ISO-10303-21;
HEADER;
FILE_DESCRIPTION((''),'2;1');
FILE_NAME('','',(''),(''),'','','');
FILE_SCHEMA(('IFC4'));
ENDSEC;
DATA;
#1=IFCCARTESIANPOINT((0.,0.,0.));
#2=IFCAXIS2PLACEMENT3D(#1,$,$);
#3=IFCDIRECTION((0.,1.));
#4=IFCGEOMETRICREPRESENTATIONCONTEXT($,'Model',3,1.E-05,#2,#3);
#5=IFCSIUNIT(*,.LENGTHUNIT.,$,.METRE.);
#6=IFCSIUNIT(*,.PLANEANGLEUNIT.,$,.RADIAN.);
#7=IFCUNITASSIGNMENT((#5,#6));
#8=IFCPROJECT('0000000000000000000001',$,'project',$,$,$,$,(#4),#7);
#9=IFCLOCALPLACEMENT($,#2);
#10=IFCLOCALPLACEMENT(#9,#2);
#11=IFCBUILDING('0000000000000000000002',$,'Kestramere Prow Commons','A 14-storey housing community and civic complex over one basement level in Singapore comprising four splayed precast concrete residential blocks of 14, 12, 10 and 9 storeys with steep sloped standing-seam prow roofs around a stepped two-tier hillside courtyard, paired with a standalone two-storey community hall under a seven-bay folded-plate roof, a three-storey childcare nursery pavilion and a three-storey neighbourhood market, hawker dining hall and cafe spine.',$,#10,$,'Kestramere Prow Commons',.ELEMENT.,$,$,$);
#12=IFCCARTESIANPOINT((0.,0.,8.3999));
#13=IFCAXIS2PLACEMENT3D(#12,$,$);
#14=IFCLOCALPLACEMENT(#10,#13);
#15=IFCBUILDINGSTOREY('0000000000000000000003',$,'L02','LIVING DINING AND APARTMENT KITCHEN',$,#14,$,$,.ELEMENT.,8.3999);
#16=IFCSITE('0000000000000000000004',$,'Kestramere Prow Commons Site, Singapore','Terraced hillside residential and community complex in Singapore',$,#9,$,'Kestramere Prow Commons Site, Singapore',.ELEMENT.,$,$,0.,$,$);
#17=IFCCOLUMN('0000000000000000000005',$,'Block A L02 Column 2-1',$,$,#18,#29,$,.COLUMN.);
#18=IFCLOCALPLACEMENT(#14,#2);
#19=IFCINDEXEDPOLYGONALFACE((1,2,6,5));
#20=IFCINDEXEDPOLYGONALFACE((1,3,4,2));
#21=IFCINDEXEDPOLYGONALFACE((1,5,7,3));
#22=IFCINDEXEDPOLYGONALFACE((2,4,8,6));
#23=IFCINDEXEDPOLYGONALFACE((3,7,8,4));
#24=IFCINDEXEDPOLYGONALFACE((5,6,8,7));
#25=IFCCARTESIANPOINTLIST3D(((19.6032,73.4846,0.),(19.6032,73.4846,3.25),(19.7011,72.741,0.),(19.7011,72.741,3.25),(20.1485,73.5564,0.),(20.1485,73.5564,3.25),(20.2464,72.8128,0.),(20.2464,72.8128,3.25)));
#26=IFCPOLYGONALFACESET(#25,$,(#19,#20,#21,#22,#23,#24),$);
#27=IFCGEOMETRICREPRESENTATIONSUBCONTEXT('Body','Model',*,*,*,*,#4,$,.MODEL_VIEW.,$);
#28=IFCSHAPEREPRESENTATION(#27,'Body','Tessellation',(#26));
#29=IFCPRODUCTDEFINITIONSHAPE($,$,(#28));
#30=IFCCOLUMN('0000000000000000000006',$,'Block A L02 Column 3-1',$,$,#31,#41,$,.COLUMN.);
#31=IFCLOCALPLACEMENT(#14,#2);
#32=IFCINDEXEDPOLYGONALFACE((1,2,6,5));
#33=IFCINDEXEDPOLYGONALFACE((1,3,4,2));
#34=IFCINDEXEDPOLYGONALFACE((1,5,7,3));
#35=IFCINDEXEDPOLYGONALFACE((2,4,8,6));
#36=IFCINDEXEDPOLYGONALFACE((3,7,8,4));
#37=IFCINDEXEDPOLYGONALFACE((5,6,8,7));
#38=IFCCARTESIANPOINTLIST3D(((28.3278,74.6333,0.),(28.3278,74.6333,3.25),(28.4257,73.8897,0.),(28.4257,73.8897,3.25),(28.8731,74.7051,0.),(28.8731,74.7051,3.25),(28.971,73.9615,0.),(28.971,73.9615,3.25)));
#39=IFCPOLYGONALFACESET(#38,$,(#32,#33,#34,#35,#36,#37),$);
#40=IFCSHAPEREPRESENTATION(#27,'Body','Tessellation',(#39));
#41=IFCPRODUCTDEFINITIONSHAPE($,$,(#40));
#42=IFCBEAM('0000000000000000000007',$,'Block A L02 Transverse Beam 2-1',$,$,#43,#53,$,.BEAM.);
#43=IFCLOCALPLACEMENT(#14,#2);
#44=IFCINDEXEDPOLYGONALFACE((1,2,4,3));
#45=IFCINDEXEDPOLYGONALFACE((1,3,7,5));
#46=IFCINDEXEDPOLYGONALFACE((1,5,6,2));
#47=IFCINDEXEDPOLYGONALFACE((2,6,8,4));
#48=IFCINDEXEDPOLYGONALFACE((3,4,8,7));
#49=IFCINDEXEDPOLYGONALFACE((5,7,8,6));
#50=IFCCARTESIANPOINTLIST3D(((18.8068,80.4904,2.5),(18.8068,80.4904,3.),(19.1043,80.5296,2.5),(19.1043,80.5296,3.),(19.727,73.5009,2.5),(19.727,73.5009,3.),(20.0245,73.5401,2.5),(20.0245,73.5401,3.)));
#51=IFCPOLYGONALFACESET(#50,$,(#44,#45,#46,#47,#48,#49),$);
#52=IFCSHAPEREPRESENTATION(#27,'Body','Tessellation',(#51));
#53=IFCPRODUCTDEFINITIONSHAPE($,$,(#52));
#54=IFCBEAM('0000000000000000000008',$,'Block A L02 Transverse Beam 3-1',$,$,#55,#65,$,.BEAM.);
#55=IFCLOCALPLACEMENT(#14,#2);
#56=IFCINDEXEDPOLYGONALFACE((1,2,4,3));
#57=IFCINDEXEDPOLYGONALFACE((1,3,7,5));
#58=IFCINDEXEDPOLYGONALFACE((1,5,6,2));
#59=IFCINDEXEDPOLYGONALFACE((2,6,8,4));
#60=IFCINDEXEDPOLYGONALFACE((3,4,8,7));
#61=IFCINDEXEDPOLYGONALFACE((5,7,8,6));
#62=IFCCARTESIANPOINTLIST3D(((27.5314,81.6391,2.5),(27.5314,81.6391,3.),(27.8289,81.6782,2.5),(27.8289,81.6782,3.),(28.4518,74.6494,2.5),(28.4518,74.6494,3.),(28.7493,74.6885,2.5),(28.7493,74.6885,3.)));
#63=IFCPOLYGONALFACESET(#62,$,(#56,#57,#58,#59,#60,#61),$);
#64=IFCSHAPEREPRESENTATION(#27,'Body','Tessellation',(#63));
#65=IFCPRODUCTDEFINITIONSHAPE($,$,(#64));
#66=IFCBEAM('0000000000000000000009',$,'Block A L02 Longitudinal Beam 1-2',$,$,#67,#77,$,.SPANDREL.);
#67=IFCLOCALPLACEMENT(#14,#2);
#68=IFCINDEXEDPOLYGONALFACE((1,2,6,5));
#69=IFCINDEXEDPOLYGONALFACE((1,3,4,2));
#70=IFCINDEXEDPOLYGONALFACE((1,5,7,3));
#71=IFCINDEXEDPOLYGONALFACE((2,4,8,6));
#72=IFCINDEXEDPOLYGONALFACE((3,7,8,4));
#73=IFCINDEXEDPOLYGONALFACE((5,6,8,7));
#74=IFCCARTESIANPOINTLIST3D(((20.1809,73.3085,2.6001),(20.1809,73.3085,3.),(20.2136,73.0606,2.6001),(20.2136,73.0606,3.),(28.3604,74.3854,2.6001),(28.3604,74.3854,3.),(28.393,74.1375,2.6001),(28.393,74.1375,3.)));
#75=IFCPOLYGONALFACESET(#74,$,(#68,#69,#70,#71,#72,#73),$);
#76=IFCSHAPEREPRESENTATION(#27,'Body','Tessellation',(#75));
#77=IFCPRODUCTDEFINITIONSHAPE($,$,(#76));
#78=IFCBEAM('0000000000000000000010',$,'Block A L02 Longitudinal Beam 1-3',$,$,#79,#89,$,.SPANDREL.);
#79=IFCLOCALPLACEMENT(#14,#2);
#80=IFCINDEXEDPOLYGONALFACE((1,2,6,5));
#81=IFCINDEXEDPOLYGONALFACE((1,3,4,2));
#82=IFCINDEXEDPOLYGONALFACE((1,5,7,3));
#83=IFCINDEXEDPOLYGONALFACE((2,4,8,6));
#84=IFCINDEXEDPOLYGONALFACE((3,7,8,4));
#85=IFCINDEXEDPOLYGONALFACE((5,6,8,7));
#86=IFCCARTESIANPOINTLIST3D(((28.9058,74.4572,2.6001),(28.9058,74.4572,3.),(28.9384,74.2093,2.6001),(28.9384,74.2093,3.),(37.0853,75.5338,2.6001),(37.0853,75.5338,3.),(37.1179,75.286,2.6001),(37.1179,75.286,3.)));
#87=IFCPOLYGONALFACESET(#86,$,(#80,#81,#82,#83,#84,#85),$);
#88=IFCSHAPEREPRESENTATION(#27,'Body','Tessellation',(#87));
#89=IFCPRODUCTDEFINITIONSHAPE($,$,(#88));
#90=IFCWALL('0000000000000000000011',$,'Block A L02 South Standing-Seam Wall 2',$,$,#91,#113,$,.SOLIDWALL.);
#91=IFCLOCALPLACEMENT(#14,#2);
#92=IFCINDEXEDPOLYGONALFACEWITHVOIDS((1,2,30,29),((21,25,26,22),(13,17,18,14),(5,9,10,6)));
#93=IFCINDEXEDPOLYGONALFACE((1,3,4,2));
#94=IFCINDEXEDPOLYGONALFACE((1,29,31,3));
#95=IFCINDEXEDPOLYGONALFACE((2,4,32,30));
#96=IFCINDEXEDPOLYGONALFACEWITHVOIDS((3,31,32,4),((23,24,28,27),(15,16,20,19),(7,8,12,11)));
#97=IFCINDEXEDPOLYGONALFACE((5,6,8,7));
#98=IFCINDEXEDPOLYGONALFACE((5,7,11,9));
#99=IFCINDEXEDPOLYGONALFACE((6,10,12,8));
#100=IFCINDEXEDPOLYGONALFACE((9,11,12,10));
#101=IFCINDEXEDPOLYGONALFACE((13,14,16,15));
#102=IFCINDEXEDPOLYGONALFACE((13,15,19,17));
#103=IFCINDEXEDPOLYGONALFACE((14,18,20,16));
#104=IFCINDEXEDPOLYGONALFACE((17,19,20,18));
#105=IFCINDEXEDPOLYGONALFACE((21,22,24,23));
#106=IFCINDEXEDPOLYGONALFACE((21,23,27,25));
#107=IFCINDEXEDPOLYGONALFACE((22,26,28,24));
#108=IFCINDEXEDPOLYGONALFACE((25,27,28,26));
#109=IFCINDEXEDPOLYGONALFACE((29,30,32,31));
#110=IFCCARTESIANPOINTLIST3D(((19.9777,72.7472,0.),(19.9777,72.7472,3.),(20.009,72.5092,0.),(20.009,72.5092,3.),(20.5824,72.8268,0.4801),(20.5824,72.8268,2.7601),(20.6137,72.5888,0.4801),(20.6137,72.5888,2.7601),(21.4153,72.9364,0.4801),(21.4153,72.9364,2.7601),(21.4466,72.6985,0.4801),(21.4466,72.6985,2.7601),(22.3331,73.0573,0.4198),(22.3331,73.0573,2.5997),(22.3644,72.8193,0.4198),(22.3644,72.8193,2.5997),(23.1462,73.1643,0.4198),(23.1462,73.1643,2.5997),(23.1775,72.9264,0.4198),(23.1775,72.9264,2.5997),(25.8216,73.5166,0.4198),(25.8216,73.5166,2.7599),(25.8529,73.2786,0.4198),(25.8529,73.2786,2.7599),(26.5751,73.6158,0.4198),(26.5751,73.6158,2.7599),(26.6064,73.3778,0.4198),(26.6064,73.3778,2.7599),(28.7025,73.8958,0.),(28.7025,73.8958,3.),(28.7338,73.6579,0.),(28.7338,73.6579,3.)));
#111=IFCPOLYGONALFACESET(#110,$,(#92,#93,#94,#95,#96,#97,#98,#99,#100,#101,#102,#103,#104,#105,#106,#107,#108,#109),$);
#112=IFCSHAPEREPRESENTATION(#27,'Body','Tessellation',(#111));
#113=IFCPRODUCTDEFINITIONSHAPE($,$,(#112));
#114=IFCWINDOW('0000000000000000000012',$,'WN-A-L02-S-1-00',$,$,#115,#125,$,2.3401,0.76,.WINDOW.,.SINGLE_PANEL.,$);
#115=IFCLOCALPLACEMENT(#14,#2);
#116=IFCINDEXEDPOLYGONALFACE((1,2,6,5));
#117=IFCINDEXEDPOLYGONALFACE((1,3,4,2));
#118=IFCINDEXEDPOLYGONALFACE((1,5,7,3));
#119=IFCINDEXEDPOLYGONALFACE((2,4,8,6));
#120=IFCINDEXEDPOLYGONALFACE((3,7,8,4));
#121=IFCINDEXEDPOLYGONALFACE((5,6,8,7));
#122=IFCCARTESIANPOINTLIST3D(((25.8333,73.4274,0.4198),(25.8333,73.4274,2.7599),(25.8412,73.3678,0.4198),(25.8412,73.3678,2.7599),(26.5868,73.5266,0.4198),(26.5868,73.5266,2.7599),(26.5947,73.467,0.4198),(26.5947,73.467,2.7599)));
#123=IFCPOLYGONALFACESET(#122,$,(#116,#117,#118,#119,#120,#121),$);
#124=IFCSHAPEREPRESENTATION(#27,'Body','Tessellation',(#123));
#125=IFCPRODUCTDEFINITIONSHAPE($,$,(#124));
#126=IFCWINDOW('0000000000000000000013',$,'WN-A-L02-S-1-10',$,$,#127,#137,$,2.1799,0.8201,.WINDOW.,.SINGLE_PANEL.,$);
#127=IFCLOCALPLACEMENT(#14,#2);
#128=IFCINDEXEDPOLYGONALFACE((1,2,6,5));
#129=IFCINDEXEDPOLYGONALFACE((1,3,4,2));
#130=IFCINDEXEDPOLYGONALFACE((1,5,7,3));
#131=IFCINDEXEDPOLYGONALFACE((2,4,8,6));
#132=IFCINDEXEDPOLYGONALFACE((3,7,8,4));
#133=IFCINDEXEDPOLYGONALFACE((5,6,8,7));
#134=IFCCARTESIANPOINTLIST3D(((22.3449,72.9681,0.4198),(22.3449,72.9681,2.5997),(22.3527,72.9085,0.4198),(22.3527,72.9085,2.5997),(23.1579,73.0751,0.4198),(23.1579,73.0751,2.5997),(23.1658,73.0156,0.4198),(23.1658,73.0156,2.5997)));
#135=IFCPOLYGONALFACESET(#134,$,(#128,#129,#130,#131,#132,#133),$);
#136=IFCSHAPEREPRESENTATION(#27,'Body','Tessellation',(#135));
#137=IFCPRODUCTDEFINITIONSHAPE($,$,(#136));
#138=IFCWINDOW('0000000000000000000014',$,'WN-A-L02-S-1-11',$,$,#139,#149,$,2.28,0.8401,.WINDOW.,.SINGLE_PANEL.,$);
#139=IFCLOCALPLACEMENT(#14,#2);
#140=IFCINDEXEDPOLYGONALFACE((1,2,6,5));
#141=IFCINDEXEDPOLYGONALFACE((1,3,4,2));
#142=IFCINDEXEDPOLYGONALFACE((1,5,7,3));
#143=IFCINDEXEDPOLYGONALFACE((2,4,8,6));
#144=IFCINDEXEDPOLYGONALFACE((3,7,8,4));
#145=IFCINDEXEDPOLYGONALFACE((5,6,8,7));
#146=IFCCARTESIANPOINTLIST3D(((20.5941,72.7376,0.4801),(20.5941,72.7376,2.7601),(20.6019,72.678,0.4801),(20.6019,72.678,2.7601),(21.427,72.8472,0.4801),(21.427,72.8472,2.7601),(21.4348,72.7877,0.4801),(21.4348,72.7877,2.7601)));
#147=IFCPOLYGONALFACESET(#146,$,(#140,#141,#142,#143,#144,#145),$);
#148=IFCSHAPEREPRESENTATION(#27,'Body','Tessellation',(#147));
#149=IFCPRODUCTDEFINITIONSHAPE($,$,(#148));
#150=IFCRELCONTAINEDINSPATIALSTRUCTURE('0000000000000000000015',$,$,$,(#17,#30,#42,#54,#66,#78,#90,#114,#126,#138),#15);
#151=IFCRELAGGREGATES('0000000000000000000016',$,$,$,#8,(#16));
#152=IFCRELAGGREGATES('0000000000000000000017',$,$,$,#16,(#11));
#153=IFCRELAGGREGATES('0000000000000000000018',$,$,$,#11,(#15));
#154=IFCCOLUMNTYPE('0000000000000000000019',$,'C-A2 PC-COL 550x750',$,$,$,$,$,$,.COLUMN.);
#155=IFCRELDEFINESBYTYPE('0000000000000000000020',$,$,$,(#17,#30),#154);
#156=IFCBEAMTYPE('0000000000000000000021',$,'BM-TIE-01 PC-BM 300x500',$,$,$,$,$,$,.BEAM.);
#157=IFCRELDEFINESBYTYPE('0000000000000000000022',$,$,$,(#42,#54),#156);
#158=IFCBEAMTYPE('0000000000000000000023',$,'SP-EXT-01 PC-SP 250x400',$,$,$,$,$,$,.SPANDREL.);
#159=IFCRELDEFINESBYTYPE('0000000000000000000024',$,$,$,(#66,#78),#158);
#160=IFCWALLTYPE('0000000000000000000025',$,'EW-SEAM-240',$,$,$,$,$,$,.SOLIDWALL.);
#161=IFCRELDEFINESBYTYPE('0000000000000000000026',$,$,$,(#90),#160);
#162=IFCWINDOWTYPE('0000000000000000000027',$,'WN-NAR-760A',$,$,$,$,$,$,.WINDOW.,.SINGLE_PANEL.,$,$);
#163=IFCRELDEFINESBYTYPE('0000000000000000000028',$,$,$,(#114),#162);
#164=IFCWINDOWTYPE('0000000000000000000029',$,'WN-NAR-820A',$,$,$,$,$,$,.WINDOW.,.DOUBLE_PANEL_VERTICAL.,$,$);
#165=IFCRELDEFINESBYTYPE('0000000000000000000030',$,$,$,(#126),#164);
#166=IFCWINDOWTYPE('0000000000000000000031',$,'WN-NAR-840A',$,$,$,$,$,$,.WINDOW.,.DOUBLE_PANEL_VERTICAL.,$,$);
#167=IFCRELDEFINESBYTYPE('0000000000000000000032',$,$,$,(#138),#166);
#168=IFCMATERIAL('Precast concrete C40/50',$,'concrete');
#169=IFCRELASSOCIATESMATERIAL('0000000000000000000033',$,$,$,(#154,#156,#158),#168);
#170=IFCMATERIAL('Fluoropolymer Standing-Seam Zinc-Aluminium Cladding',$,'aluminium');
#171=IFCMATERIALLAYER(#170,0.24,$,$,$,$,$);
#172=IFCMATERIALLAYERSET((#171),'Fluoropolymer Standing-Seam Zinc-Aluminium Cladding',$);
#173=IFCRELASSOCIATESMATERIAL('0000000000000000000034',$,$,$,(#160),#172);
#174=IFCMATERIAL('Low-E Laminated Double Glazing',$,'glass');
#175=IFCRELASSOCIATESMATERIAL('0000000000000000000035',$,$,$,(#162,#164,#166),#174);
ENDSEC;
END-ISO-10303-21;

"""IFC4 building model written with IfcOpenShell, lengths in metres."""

from ifc_helpers import new_model, si_unit, direction, frame, frame_2d, origin, origin_2d, place, context, subcontext, project, spatial, rectangle, extrude, material, layer, layer_set, material_profile, profile_set, type_object, element, fill, save


model = new_model("IFC4")

# Units and contexts
model_context = context("Model", 3, precision=1e-05, world=origin(), true_north=direction((0.0, 1.0)))
body_context = subcontext(model_context, "Body", "Model", "MODEL_VIEW")
ifc_project = project(units=[si_unit("LENGTHUNIT", "METRE"), si_unit("PLANEANGLEUNIT", "RADIAN")], contexts=[model_context])

# Site, building, storey
site_placement = place(None, origin())
site = spatial("IfcSite", under=ifc_project, at=site_placement, Name="Kestramere Prow Commons Site, Singapore", Description="Terraced hillside residential and community complex in Singapore", LongName="Kestramere Prow Commons Site, Singapore", CompositionType="ELEMENT", RefElevation=0.0)
building_placement = place(site_placement, origin())
building = spatial("IfcBuilding", under=site, at=building_placement, Name="Kestramere Prow Commons", Description="A 14-storey housing community and civic complex over one basement level in Singapore comprising four splayed precast concrete residential blocks of 14, 12, 10 and 9 storeys with steep sloped standing-seam prow roofs around a stepped two-tier hillside courtyard, paired with a standalone two-storey community hall under a seven-bay folded-plate roof, a three-storey childcare nursery pavilion and a three-storey neighbourhood market, hawker dining hall and cafe spine.", LongName="Kestramere Prow Commons", CompositionType="ELEMENT")
storey_placement = place(building_placement, frame((0.0, 0.0, 8.3999)))
storey = spatial("IfcBuildingStorey", under=building, at=storey_placement, Name="L02", Description="LIVING DINING AND APARTMENT KITCHEN", CompositionType="ELEMENT", Elevation=8.3999)

# Columns
ifc_material_1 = material(Name="Precast concrete C40/50", Category="concrete")
ifc_material_profile_1 = material_profile(ifc_material_1, rectangle(XDim=0.55, YDim=0.75, at=origin_2d()), Name="PC-COL 550x750")
ifc_profile_set_1 = profile_set([ifc_material_profile_1], Name="Precast concrete C40/50")
column_type = type_object("IfcColumnType", Name="C-A2 PC-COL 550x750", PredefinedType="COLUMN", material=ifc_profile_set_1)
for number, where, z_axis, x_axis, name in (
    (1, (19.9248, 73.1487, 0.0), (0.0, 0.0, 1.0), (0.991445, 0.130526, 0.0), "Block A L02 Column 2-1"),
    (2, (28.6494, 74.2974, 0.0), (0.0, 0.0, 1.0), (0.991445, 0.130526, 0.0), "Block A L02 Column 3-1"),
):
    element("IfcColumn", number, at=place(storey_placement, frame(where, z_axis=z_axis, x_axis=x_axis)), inside=storey, type_object=column_type, Name=name, PredefinedType="COLUMN", context=body_context, shape_type="SweptSolid", body=[
        extrude(rectangle(XDim=0.55, YDim=0.75, at=origin_2d()), origin(), (0.0, 0.0, 1.0), 3.25),
    ])

# Beams
ifc_material_profile_2 = material_profile(ifc_material_1, rectangle(XDim=0.3, YDim=0.5, at=origin_2d()), Name="PC-BM 300x500")
ifc_profile_set_2 = profile_set([ifc_material_profile_2], Name="Precast concrete C40/50")
beam_type_1 = type_object("IfcBeamType", Name="BM-TIE-01 PC-BM 300x500", PredefinedType="BEAM", material=ifc_profile_set_2)
beam_1_placement = place(storey_placement, frame((19.8757, 73.5205, 2.75), z_axis=(-0.130523, 0.991445, 0.0), x_axis=(-0.991445, -0.130523, 0.0)))
element("IfcBeam", 3, at=beam_1_placement, inside=storey, type_object=beam_type_1, Name="Block A L02 Transverse Beam 2-1", PredefinedType="BEAM", context=body_context, shape_type="SweptSolid", body=[
    extrude(rectangle(XDim=0.3, YDim=0.5, at=origin_2d()), origin(), (0.0, 0.0, 1.0), 7.0498),
])
beam_2_placement = place(storey_placement, frame((28.6006, 74.6689, 2.75), z_axis=(-0.130553, 0.991441, 0.0), x_axis=(-0.991441, -0.130553, 0.0)))
element("IfcBeam", 4, at=beam_2_placement, inside=storey, type_object=beam_type_1, Name="Block A L02 Transverse Beam 3-1", PredefinedType="BEAM", context=body_context, shape_type="SweptSolid", body=[
    extrude(rectangle(XDim=0.3, YDim=0.5, at=origin_2d()), origin(), (0.0, 0.0, 1.0), 7.05),
])
ifc_material_profile_3 = material_profile(ifc_material_1, rectangle(XDim=0.25, YDim=0.3999, at=origin_2d()), Name="PC-SP 250x400")
ifc_profile_set_3 = profile_set([ifc_material_profile_3], Name="Precast concrete C40/50")
beam_type_2 = type_object("IfcBeamType", Name="SP-EXT-01 PC-SP 250x400", PredefinedType="SPANDREL", material=ifc_profile_set_3)
for number, where, z_axis, x_axis, name in (
    (5, (20.1973, 73.1846, 2.8), (0.991444, 0.130533, 0.0), (-0.130533, 0.991444, 0.0), "Block A L02 Longitudinal Beam 1-2"),
    (6, (28.9221, 74.3333, 2.8), (0.991448, 0.130504, 0.0), (-0.130504, 0.991448, 0.0), "Block A L02 Longitudinal Beam 1-3"),
):
    element("IfcBeam", number, at=place(storey_placement, frame(where, z_axis=z_axis, x_axis=x_axis)), inside=storey, type_object=beam_type_2, Name=name, PredefinedType="SPANDREL", context=body_context, shape_type="SweptSolid", body=[
        extrude(rectangle(XDim=0.25, YDim=0.3999, at=origin_2d()), origin(), (0.0, 0.0, 1.0), 8.25),
    ])

# Shared definitions
ifc_material_2 = material(Name="Fluoropolymer Standing-Seam Zinc-Aluminium Cladding", Category="aluminium")
ifc_layer_1 = layer(ifc_material_2, 0.24)
ifc_layer_set_1 = layer_set([ifc_layer_1], Name="Fluoropolymer Standing-Seam Zinc-Aluminium Cladding")
wall_type_1 = type_object("IfcWallType", Name="EW-SEAM-240", PredefinedType="SOLIDWALL", material=ifc_layer_set_1)
ifc_material_3 = material(Name="Low-E Laminated Double Glazing", Category="glass")

# Wall, openings, windows
wall_1_placement = place(storey_placement, frame((28.718, 73.7769, 0.0), z_axis=(0.0, 0.0, 1.0), x_axis=(-0.991444, -0.13053, 0.0)))
wall_1 = element("IfcWall", 7, at=wall_1_placement, inside=storey, type_object=wall_type_1, Name="Block A L02 South Standing-Seam Wall 2", PredefinedType="SOLIDWALL", context=body_context, shape_type="SweptSolid", body=[
    extrude(rectangle(XDim=8.8, YDim=0.24, at=frame_2d((4.3999, 0.0))), origin(), (0.0, 0.0, 1.0), 3.0),
])
opening_1_placement = place(wall_1_placement, frame((2.1458, 0.0, 0.4199)))
opening_1 = element("IfcOpeningElement", 8, at=opening_1_placement, cuts=wall_1, PredefinedType="OPENING", context=body_context, shape_type="SweptSolid", body=[
    extrude(rectangle(XDim=0.76, YDim=2.3401, at=frame_2d((0.3799, 1.1699))), frame((0.0, 0.135, 0.0), z_axis=(0.0, -1.0, 0.0), x_axis=(1.0, 0.0, 0.0)), (0.0, 0.0, 1.0), 0.27),
])
opening_2_placement = place(wall_1_placement, frame((5.604, 0.0, 0.4199)))
opening_2 = element("IfcOpeningElement", 9, at=opening_2_placement, cuts=wall_1, PredefinedType="OPENING", context=body_context, shape_type="SweptSolid", body=[
    extrude(rectangle(XDim=0.8201, YDim=2.1799, at=frame_2d((0.4102, 1.0898))), frame((0.0, 0.135, 0.0), z_axis=(0.0, -1.0, 0.0), x_axis=(1.0, 0.0, 0.0)), (0.0, 0.0, 1.0), 0.27),
])
opening_3_placement = place(wall_1_placement, frame((7.3501, 0.0, 0.48)))
opening_3 = element("IfcOpeningElement", 10, at=opening_3_placement, cuts=wall_1, PredefinedType="OPENING", context=body_context, shape_type="SweptSolid", body=[
    extrude(rectangle(XDim=0.8401, YDim=2.28, at=frame_2d((0.4199, 1.1401))), frame((0.0, 0.135, 0.0), z_axis=(0.0, -1.0, 0.0), x_axis=(1.0, 0.0, 0.0)), (0.0, 0.0, 1.0), 0.27),
])
window_type_1 = type_object("IfcWindowType", Name="WN-NAR-760A", PartitioningType="SINGLE_PANEL", PredefinedType="WINDOW", material=ifc_material_3)
window_1_placement = place(opening_1_placement, origin())
window_1 = element("IfcWindow", 11, at=window_1_placement, inside=storey, type_object=window_type_1, Name="WN-A-L02-S-1-00", OverallHeight=2.3401, OverallWidth=0.76, PartitioningType="SINGLE_PANEL", PredefinedType="WINDOW", context=body_context, shape_type="SweptSolid", body=[
    extrude(rectangle(XDim=0.76, YDim=2.3401, at=frame_2d((0.3799, 1.1699))), frame((0.0, 0.03, 0.0), z_axis=(0.0, -1.0, 0.0), x_axis=(1.0, 0.0, 0.0)), (0.0, 0.0, 1.0), 0.0601),
])
fill(opening_1, window_1)
window_type_2 = type_object("IfcWindowType", Name="WN-NAR-820A", PartitioningType="DOUBLE_PANEL_VERTICAL", PredefinedType="WINDOW", material=ifc_material_3)
window_2_placement = place(opening_2_placement, origin())
window_2 = element("IfcWindow", 12, at=window_2_placement, inside=storey, type_object=window_type_2, Name="WN-A-L02-S-1-10", OverallHeight=2.1799, OverallWidth=0.8201, PartitioningType="SINGLE_PANEL", PredefinedType="WINDOW", context=body_context, shape_type="SweptSolid", body=[
    extrude(rectangle(XDim=0.8201, YDim=2.1799, at=frame_2d((0.4102, 1.0898))), frame((0.0, 0.03, 0.0), z_axis=(0.0, -1.0, 0.0), x_axis=(1.0, 0.0, 0.0)), (0.0, 0.0, 1.0), 0.0601),
])
fill(opening_2, window_2)
window_type_3 = type_object("IfcWindowType", Name="WN-NAR-840A", PartitioningType="DOUBLE_PANEL_VERTICAL", PredefinedType="WINDOW", material=ifc_material_3)
window_3_placement = place(opening_3_placement, origin())
window_3 = element("IfcWindow", 13, at=window_3_placement, inside=storey, type_object=window_type_3, Name="WN-A-L02-S-1-11", OverallHeight=2.28, OverallWidth=0.8401, PartitioningType="SINGLE_PANEL", PredefinedType="WINDOW", context=body_context, shape_type="SweptSolid", body=[
    extrude(rectangle(XDim=0.8401, YDim=2.28, at=frame_2d((0.4199, 1.1401))), frame((0.0, 0.03, 0.0), z_axis=(0.0, -1.0, 0.0), x_axis=(1.0, 0.0, 0.0)), (0.0, 0.0, 1.0), 0.0601),
])
fill(opening_3, window_3)

save(model, "model.ifc")
